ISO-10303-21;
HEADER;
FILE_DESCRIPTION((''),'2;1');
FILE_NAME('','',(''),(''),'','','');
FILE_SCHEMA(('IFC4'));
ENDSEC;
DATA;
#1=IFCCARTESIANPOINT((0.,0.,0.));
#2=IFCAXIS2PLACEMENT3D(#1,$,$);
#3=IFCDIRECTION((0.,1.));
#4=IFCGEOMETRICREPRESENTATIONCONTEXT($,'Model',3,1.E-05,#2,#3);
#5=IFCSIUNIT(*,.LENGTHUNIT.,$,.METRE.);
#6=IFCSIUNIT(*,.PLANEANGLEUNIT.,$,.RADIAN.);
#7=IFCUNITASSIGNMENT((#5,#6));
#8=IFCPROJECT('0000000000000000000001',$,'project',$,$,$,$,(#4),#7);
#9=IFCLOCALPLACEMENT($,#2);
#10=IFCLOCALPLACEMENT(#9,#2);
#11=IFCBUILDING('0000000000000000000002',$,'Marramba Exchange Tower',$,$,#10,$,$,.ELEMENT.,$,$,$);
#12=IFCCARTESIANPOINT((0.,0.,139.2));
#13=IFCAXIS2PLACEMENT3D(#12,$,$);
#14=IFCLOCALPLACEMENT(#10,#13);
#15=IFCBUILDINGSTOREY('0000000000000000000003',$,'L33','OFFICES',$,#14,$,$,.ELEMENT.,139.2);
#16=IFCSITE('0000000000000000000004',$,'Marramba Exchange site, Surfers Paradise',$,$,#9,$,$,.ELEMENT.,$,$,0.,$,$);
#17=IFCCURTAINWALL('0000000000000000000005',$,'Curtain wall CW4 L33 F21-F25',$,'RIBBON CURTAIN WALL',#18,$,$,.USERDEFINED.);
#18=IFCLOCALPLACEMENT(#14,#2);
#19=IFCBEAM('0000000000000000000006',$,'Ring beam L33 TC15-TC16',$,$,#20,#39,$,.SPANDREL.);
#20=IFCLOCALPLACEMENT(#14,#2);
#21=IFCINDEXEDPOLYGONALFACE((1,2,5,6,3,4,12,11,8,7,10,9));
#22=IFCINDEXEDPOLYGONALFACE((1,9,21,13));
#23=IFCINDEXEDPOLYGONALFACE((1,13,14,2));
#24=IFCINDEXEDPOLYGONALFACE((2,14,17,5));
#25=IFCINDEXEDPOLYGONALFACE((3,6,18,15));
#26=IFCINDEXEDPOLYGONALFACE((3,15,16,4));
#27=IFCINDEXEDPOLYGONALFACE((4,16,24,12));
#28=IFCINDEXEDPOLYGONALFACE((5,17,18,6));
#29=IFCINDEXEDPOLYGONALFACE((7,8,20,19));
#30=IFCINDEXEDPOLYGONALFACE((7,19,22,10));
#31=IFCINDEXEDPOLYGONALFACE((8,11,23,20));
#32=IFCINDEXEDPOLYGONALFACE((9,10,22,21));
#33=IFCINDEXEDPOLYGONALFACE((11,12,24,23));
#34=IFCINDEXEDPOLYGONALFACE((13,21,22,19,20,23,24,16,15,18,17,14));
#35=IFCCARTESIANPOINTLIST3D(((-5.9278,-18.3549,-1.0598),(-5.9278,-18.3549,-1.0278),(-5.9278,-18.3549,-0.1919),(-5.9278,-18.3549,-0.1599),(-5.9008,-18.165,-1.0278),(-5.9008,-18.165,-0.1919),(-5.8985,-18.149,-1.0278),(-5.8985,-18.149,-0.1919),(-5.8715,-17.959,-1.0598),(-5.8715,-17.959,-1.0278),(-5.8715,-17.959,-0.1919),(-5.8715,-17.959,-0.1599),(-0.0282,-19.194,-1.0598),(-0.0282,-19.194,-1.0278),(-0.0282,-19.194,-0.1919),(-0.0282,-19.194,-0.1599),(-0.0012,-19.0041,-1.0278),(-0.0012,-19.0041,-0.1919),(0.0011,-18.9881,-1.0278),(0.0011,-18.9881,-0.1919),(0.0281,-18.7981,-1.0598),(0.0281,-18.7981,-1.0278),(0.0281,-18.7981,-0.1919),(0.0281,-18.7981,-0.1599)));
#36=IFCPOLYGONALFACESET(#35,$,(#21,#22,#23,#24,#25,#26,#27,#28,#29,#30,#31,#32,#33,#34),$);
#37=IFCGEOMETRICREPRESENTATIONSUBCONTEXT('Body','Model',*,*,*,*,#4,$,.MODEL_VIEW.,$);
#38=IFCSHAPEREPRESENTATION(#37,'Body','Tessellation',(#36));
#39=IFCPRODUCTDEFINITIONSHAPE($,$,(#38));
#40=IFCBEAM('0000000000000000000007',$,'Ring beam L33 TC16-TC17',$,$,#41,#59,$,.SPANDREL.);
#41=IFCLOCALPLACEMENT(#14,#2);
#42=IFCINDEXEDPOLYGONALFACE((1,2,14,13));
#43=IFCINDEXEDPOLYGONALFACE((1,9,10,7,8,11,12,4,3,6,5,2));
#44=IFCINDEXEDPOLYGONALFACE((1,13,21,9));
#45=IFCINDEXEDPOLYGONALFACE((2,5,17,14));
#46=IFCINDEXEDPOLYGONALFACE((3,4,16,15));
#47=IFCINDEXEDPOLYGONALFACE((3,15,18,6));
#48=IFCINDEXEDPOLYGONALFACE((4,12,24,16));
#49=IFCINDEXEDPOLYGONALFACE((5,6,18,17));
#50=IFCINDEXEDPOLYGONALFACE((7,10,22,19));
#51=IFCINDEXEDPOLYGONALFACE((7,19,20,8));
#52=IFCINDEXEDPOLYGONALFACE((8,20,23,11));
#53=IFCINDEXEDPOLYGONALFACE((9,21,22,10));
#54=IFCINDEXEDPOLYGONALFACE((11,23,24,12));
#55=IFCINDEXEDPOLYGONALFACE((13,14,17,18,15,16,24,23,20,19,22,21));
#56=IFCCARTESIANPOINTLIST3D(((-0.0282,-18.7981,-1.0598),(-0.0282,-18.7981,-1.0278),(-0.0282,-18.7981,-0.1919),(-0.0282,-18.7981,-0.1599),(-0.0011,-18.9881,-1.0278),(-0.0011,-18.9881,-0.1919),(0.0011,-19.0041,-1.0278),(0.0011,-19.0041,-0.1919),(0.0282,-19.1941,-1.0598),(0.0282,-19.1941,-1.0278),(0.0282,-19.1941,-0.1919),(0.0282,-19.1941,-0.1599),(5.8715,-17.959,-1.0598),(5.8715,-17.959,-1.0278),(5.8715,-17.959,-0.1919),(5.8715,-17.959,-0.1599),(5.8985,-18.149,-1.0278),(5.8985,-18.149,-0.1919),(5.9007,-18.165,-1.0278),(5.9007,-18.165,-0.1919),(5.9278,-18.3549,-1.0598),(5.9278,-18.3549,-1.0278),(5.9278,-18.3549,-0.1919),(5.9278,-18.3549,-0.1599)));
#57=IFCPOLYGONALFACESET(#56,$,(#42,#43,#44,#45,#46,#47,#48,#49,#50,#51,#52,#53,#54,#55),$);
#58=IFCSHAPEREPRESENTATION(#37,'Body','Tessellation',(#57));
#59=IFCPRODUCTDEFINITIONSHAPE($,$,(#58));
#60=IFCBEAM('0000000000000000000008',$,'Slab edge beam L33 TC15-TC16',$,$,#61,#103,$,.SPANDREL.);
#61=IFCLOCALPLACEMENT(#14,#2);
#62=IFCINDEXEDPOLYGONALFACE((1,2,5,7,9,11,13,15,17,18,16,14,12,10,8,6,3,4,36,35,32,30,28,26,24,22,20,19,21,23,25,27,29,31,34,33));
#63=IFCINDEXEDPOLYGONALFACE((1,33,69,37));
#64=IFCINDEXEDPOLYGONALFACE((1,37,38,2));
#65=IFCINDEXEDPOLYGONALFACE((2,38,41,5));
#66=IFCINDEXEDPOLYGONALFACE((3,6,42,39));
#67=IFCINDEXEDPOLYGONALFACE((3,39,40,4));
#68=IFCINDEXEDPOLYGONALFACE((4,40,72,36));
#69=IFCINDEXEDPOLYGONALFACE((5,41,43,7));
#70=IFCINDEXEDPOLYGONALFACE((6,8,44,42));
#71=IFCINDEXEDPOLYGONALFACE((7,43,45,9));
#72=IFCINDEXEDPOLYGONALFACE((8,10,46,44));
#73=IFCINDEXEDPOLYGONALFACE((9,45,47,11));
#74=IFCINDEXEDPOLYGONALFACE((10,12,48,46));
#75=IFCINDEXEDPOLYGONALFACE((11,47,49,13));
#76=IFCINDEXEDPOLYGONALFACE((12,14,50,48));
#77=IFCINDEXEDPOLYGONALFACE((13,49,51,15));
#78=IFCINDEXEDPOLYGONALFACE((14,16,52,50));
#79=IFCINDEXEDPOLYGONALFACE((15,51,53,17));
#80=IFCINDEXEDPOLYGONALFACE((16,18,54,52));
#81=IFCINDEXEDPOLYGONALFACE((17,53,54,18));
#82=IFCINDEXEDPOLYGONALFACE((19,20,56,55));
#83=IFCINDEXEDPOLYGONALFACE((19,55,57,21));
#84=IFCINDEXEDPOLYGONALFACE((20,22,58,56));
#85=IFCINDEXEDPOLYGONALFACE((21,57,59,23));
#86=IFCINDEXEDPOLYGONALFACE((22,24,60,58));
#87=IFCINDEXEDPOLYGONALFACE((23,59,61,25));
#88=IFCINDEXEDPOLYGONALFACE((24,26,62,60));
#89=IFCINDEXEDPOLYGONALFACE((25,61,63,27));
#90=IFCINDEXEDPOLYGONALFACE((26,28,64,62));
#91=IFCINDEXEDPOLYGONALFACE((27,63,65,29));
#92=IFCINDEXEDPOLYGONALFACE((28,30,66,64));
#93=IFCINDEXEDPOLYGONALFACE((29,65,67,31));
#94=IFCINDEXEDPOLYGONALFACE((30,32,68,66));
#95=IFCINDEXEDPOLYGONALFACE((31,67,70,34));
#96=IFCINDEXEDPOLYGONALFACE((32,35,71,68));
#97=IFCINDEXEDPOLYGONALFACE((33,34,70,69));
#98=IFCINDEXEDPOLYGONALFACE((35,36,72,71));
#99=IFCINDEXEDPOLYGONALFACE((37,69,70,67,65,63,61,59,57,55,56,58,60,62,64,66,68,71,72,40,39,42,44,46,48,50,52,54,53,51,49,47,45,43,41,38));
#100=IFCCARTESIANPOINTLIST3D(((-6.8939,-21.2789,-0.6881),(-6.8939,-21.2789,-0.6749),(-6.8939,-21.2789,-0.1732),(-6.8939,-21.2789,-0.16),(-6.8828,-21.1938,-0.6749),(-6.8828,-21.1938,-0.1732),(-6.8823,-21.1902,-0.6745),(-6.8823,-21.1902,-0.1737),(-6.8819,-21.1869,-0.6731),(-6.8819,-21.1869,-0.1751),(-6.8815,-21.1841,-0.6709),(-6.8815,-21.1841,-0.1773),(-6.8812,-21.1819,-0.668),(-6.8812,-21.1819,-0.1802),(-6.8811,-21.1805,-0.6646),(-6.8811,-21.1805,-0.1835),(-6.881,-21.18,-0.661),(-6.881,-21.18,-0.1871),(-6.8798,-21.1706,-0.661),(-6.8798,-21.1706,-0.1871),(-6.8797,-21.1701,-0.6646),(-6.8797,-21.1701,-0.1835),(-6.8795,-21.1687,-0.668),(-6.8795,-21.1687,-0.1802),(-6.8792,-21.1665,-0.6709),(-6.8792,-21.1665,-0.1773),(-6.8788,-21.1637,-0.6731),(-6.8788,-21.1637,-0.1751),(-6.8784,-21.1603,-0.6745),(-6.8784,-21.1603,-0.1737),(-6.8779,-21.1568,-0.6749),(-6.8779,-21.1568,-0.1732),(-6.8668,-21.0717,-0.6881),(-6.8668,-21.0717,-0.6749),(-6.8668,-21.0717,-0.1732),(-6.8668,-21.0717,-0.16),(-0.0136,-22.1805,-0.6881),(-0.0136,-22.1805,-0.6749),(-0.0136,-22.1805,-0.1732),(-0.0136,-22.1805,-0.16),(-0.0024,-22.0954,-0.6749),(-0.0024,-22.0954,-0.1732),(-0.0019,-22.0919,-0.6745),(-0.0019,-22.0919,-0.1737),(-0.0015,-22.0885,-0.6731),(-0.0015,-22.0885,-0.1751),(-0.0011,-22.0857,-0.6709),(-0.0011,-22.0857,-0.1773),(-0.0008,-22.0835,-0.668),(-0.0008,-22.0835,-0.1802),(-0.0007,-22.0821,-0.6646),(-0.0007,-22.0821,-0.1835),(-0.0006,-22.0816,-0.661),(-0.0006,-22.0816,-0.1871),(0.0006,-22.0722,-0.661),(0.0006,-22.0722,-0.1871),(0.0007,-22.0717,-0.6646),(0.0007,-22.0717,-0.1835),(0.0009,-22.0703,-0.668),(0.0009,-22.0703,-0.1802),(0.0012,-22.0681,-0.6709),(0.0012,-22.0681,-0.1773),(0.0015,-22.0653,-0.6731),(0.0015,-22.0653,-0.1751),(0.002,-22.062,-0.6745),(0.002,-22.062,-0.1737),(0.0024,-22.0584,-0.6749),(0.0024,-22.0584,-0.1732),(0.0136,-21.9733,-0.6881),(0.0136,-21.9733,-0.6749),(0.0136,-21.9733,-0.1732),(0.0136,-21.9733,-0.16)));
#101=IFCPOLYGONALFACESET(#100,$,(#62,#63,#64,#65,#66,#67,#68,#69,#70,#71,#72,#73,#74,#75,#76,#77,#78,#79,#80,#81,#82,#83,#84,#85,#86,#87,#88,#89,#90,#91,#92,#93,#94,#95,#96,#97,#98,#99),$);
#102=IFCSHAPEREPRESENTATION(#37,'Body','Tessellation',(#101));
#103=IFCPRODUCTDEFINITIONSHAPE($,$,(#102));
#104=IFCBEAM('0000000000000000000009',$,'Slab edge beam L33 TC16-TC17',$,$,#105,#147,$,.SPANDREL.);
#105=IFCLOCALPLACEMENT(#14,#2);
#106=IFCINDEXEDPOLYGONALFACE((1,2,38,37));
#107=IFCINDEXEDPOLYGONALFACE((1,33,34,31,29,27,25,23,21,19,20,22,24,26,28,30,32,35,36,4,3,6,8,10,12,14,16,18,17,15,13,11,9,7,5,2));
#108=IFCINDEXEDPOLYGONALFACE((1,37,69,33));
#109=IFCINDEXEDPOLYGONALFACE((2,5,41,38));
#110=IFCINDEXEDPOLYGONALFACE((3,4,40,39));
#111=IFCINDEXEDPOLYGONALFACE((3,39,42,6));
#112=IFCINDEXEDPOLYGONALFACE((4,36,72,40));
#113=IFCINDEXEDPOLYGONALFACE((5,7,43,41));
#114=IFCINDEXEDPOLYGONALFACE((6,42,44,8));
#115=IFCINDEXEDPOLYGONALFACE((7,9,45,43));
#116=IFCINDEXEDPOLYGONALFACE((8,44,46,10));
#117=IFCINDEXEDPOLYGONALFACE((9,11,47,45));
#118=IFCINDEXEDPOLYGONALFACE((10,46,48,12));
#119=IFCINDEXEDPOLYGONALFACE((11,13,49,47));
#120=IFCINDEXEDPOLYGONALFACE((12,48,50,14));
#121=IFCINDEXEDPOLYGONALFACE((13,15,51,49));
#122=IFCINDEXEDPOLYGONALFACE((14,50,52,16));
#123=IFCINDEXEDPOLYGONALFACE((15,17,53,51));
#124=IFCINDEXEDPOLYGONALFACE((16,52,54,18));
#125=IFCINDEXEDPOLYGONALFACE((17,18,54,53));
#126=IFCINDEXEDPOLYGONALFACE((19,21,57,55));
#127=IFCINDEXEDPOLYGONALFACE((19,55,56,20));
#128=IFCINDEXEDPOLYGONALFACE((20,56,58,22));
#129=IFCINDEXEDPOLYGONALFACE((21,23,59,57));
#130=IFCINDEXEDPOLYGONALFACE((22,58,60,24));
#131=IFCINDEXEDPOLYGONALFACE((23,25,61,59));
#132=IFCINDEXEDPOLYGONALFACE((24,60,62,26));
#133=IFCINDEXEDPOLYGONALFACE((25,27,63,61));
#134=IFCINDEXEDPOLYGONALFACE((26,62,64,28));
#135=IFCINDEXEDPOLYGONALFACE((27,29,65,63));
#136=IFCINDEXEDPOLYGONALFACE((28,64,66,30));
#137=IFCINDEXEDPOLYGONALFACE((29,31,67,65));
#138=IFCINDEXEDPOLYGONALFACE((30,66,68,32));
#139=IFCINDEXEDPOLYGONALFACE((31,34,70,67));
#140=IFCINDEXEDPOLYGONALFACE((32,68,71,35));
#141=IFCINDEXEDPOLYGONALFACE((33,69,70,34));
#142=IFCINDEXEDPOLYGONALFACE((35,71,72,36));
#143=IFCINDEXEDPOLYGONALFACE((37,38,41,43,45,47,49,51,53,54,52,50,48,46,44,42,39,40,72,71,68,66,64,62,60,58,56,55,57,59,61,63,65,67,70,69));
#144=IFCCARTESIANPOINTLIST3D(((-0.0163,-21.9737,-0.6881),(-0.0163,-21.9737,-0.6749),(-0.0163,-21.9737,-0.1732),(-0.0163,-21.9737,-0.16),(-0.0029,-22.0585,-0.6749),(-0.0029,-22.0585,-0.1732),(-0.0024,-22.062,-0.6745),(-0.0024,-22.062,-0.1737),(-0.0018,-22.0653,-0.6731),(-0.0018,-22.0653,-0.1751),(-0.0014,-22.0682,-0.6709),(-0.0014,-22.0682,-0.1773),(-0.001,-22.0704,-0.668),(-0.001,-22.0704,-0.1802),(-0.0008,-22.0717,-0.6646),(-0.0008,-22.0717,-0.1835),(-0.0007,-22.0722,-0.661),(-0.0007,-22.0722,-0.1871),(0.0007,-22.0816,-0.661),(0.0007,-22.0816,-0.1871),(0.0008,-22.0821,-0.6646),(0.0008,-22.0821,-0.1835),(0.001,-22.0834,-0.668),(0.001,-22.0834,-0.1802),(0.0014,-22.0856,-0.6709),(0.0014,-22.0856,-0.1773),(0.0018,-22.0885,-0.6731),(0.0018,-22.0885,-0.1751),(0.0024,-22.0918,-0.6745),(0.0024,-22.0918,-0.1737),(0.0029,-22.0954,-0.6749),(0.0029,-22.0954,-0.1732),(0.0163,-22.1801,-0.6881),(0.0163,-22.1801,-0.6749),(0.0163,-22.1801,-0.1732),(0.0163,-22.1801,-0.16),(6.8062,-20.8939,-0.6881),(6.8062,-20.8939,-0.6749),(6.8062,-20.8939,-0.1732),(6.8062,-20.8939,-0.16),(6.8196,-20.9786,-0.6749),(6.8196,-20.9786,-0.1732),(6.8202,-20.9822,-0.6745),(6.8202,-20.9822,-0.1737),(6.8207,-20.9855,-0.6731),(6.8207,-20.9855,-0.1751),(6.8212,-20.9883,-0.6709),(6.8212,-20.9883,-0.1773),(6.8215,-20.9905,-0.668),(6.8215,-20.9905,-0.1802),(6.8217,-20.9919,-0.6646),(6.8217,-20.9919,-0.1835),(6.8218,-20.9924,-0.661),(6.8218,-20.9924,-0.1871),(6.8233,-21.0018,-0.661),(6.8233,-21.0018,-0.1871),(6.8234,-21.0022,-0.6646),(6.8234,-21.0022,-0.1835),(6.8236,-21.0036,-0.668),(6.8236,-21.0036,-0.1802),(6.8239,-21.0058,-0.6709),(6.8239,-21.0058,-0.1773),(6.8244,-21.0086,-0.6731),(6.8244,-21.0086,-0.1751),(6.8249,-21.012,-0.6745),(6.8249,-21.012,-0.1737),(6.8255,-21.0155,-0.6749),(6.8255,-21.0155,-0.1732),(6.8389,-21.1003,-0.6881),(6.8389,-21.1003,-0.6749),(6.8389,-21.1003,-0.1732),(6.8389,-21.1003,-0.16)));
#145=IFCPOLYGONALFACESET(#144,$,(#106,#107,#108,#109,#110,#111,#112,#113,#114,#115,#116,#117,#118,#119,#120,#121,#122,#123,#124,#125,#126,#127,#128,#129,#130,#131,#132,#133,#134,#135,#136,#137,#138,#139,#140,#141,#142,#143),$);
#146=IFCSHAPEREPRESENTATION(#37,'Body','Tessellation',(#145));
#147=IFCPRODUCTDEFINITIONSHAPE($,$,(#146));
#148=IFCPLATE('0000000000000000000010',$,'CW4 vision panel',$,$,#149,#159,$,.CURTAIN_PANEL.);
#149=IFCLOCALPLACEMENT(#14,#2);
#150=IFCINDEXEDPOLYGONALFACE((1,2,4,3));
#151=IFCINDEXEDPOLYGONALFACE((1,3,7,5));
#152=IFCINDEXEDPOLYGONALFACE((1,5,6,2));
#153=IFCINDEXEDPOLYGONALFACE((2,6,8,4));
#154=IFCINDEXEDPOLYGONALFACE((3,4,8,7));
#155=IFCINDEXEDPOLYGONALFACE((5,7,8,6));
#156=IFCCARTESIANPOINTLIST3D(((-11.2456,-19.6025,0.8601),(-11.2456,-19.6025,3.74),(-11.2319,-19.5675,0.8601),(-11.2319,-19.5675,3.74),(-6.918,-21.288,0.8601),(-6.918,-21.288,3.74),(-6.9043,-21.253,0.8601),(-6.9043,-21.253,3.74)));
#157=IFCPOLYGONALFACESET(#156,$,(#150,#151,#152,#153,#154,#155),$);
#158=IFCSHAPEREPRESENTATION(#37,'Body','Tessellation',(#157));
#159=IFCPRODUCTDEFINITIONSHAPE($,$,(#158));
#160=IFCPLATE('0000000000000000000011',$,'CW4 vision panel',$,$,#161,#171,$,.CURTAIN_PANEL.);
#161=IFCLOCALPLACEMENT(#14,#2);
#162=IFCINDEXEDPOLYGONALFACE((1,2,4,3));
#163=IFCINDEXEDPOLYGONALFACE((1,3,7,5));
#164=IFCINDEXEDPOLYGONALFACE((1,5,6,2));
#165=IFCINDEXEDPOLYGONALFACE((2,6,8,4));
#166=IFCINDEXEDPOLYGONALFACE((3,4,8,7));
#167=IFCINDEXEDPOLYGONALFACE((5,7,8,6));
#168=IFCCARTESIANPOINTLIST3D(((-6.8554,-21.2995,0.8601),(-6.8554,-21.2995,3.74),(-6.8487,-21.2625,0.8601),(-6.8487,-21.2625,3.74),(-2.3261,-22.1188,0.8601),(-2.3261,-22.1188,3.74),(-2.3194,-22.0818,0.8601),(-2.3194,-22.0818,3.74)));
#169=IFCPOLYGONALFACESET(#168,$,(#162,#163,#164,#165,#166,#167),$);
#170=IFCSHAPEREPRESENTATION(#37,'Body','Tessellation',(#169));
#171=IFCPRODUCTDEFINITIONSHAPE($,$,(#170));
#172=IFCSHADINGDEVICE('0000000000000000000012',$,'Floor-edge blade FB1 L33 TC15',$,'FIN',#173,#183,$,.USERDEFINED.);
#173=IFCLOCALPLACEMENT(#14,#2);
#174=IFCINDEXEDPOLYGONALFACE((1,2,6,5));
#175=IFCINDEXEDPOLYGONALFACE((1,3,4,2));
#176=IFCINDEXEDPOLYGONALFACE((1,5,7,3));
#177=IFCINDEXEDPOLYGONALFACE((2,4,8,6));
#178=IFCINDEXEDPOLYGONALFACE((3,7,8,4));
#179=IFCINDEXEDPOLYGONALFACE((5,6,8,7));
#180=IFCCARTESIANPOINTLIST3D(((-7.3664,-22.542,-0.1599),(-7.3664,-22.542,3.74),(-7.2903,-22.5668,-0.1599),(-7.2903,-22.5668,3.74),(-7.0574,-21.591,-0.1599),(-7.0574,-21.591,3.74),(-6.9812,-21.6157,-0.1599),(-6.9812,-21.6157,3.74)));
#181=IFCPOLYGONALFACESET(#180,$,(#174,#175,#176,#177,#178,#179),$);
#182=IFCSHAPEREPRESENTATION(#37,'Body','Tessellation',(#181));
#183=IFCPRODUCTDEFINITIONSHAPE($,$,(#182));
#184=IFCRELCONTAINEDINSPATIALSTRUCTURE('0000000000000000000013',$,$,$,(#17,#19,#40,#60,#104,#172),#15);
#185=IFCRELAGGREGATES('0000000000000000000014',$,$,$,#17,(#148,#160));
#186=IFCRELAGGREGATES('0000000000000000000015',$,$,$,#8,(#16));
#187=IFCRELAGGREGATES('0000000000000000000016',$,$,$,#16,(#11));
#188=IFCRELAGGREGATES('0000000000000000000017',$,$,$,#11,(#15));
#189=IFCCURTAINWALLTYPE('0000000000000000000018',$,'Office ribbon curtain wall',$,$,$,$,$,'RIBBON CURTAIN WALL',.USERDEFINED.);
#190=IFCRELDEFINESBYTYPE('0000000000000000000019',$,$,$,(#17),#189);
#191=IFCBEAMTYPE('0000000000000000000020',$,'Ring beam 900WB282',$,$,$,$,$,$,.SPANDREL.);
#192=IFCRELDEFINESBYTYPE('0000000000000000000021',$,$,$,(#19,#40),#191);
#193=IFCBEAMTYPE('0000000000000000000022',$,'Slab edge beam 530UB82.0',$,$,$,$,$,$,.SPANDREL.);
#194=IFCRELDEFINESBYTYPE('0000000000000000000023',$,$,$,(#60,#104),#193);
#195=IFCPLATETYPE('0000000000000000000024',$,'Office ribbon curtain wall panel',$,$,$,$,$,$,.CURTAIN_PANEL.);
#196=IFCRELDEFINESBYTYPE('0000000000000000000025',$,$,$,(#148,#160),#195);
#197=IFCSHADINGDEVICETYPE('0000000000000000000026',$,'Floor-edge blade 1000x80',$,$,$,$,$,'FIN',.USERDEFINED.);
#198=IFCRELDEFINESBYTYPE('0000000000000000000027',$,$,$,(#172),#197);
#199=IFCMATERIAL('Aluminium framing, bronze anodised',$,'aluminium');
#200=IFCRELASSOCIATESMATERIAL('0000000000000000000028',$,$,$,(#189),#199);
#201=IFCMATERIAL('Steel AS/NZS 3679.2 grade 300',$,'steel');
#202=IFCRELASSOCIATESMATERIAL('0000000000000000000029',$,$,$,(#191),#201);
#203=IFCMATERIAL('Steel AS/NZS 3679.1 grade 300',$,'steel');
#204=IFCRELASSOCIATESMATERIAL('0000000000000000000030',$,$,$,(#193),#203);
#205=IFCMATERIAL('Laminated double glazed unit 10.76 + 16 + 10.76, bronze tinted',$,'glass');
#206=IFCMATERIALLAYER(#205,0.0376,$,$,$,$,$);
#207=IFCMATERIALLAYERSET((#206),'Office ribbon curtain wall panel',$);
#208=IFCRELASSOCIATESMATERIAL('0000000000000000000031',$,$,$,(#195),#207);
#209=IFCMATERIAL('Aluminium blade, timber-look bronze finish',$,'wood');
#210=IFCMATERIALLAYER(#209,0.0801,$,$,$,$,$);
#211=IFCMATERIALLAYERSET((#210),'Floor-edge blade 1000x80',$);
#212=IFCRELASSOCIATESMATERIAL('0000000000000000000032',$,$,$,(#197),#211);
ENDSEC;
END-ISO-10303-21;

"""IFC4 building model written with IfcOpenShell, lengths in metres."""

from ifc_helpers import new_model, si_unit, direction, frame, origin, origin_2d, place, context, subcontext, project, spatial, rectangle, i_section, extrude, material, layer, layer_set, material_profile, profile_set, type_object, element, aggregate, save


model = new_model("IFC4")

# Units and contexts
model_context = context("Model", 3, precision=1e-05, world=origin(), true_north=direction((0.0, 1.0)))
body_context = subcontext(model_context, "Body", "Model", "MODEL_VIEW")
ifc_project = project(units=[si_unit("LENGTHUNIT", "METRE"), si_unit("PLANEANGLEUNIT", "RADIAN")], contexts=[model_context])

# Site, building, storey
site_placement = place(None, origin())
site = spatial("IfcSite", under=ifc_project, at=site_placement, Name="Marramba Exchange site, Surfers Paradise", CompositionType="ELEMENT", RefElevation=0.0)
building_placement = place(site_placement, origin())
building = spatial("IfcBuilding", under=site, at=building_placement, Name="Marramba Exchange Tower", CompositionType="ELEMENT")
storey_placement = place(building_placement, frame((0.0, 0.0, 139.2)))
storey = spatial("IfcBuildingStorey", under=building, at=storey_placement, Name="L33", Description="OFFICES", CompositionType="ELEMENT", Elevation=139.2)

# Shared definitions
ifc_material_1 = material(Name="Steel AS/NZS 3679.2 grade 300", Category="steel")

# Curtain wall
ifc_material_2 = material(Name="Aluminium framing, bronze anodised", Category="aluminium")
curtain_wall_type = type_object("IfcCurtainWallType", Name="Office ribbon curtain wall", ElementType="RIBBON CURTAIN WALL", PredefinedType="USERDEFINED", material=ifc_material_2)
curtain_wall_placement = place(storey_placement, origin())
curtain_wall = element("IfcCurtainWall", 1, at=curtain_wall_placement, inside=storey, type_object=curtain_wall_type, Name="Curtain wall CW4 L33 F21-F25", ObjectType="RIBBON CURTAIN WALL", PredefinedType="USERDEFINED")

# Beams
ifc_material_profile_1 = material_profile(ifc_material_1, i_section(OverallWidth=0.3999, OverallDepth=0.8999, WebThickness=0.0161, FlangeThickness=0.032, at=origin_2d()), Name="900WB282")
ifc_profile_set_1 = profile_set([ifc_material_profile_1], Name="Steel AS/NZS 3679.2 grade 300")
beam_type_1 = type_object("IfcBeamType", Name="Ring beam 900WB282", PredefinedType="SPANDREL", material=ifc_profile_set_1)
for number, where, z_axis, x_axis, name in (
    (2, (-5.8997, -18.157, -0.6099), (0.990036, -0.140813, 0.0), (0.140813, 0.990036, 0.0), "Ring beam L33 TC15-TC16"),
    (3, (0.0, -18.9961, -0.6099), (0.990036, 0.140813, 0.0), (-0.140813, 0.990036, 0.0), "Ring beam L33 TC16-TC17"),
):
    element("IfcBeam", number, at=place(storey_placement, frame(where, z_axis=z_axis, x_axis=x_axis)), inside=storey, type_object=beam_type_1, Name=name, PredefinedType="SPANDREL", context=body_context, shape_type="SweptSolid", body=[
        extrude(i_section(OverallWidth=0.3999, OverallDepth=0.8999, WebThickness=0.0161, FlangeThickness=0.032, at=origin_2d()), origin(), (0.0, 0.0, 1.0), 5.959),
    ])
ifc_material_3 = material(Name="Steel AS/NZS 3679.1 grade 300", Category="steel")
ifc_material_profile_2 = material_profile(ifc_material_3, i_section(OverallWidth=0.209, OverallDepth=0.5281, WebThickness=0.0095, FlangeThickness=0.0132, FilletRadius=0.0139, at=origin_2d()), Name="530UB82.0")
ifc_profile_set_2 = profile_set([ifc_material_profile_2], Name="Steel AS/NZS 3679.1 grade 300")
beam_type_2 = type_object("IfcBeamType", Name="Slab edge beam 530UB82.0", PredefinedType="SPANDREL", material=ifc_profile_set_2)
beam_1_placement = place(storey_placement, frame((-6.8804, -21.1753, -0.4241), z_axis=(0.991523, -0.12993, 0.0), x_axis=(0.12993, 0.991523, 0.0)))
element("IfcBeam", 4, at=beam_1_placement, inside=storey, type_object=beam_type_2, Name="Slab edge beam L33 TC15-TC16", PredefinedType="SPANDREL", context=body_context, shape_type="SweptSolid", body=[
    extrude(i_section(OverallWidth=0.209, OverallDepth=0.5281, WebThickness=0.0095, FlangeThickness=0.0132, FilletRadius=0.0139, at=origin_2d()), origin(), (0.0, 0.0, 1.0), 6.9392),
])
beam_2_placement = place(storey_placement, frame((0.0, -22.0769, -0.4241), z_axis=(0.987705, 0.156329, 0.0), x_axis=(-0.156329, 0.987705, 0.0)))
element("IfcBeam", 5, at=beam_2_placement, inside=storey, type_object=beam_type_2, Name="Slab edge beam L33 TC16-TC17", PredefinedType="SPANDREL", context=body_context, shape_type="SweptSolid", body=[
    extrude(i_section(OverallWidth=0.209, OverallDepth=0.5281, WebThickness=0.0095, FlangeThickness=0.0132, FilletRadius=0.0139, at=origin_2d()), origin(), (0.0, 0.0, 1.0), 6.9075),
])

# Plates
ifc_material_4 = material(Name="Laminated double glazed unit 10.76 + 16 + 10.76, bronze tinted", Category="glass")
ifc_layer_1 = layer(ifc_material_4, 0.0376)
ifc_layer_set_1 = layer_set([ifc_layer_1], Name="Office ribbon curtain wall panel")
plate_type = type_object("IfcPlateType", Name="Office ribbon curtain wall panel", PredefinedType="CURTAIN_PANEL", material=ifc_layer_set_1)
plate_1_placement = place(storey_placement, frame((-9.075, -20.4277, 0.8601), z_axis=(0.0, 0.0, 1.0), x_axis=(0.931818, -0.362925, 0.0)))
plate_1 = element("IfcPlate", 6, at=plate_1_placement, type_object=plate_type, Name="CW4 vision panel", PredefinedType="CURTAIN_PANEL", context=body_context, shape_type="SweptSolid", body=[
    extrude(rectangle(XDim=4.6443, YDim=0.0376, at=origin_2d()), origin(), (0.0, 0.0, 1.0), 2.8799),
])
plate_2_placement = place(storey_placement, frame((-4.5874, -21.6907, 0.8601), z_axis=(0.0, 0.0, 1.0), x_axis=(0.984032, -0.177992, 0.0)))
plate_2 = element("IfcPlate", 7, at=plate_2_placement, type_object=plate_type, Name="CW4 vision panel", PredefinedType="CURTAIN_PANEL", context=body_context, shape_type="SweptSolid", body=[
    extrude(rectangle(XDim=4.6028, YDim=0.0376, at=origin_2d()), origin(), (0.0, 0.0, 1.0), 2.8799),
])
aggregate(curtain_wall, [plate_1, plate_2])

# Shading device
ifc_material_5 = material(Name="Aluminium blade, timber-look bronze finish", Category="wood")
ifc_layer_2 = layer(ifc_material_5, 0.0801)
ifc_layer_set_2 = layer_set([ifc_layer_2], Name="Floor-edge blade 1000x80")
shading_device_type_1 = type_object("IfcShadingDeviceType", Name="Floor-edge blade 1000x80", ElementType="FIN", PredefinedType="USERDEFINED", material=ifc_layer_set_2)
shading_device_1_placement = place(storey_placement, frame((-7.1738, -22.0789, -0.1599), z_axis=(0.0, 0.0, 1.0), x_axis=(-0.309017, -0.951057, 0.0)))
element("IfcShadingDevice", 8, at=shading_device_1_placement, inside=storey, type_object=shading_device_type_1, Name="Floor-edge blade FB1 L33 TC15", ObjectType="FIN", PredefinedType="USERDEFINED", context=body_context, shape_type="SweptSolid", body=[
    extrude(rectangle(XDim=1.0, YDim=0.0801, at=origin_2d()), origin(), (0.0, 0.0, 1.0), 3.8999),
])

save(model, "model.ifc")
